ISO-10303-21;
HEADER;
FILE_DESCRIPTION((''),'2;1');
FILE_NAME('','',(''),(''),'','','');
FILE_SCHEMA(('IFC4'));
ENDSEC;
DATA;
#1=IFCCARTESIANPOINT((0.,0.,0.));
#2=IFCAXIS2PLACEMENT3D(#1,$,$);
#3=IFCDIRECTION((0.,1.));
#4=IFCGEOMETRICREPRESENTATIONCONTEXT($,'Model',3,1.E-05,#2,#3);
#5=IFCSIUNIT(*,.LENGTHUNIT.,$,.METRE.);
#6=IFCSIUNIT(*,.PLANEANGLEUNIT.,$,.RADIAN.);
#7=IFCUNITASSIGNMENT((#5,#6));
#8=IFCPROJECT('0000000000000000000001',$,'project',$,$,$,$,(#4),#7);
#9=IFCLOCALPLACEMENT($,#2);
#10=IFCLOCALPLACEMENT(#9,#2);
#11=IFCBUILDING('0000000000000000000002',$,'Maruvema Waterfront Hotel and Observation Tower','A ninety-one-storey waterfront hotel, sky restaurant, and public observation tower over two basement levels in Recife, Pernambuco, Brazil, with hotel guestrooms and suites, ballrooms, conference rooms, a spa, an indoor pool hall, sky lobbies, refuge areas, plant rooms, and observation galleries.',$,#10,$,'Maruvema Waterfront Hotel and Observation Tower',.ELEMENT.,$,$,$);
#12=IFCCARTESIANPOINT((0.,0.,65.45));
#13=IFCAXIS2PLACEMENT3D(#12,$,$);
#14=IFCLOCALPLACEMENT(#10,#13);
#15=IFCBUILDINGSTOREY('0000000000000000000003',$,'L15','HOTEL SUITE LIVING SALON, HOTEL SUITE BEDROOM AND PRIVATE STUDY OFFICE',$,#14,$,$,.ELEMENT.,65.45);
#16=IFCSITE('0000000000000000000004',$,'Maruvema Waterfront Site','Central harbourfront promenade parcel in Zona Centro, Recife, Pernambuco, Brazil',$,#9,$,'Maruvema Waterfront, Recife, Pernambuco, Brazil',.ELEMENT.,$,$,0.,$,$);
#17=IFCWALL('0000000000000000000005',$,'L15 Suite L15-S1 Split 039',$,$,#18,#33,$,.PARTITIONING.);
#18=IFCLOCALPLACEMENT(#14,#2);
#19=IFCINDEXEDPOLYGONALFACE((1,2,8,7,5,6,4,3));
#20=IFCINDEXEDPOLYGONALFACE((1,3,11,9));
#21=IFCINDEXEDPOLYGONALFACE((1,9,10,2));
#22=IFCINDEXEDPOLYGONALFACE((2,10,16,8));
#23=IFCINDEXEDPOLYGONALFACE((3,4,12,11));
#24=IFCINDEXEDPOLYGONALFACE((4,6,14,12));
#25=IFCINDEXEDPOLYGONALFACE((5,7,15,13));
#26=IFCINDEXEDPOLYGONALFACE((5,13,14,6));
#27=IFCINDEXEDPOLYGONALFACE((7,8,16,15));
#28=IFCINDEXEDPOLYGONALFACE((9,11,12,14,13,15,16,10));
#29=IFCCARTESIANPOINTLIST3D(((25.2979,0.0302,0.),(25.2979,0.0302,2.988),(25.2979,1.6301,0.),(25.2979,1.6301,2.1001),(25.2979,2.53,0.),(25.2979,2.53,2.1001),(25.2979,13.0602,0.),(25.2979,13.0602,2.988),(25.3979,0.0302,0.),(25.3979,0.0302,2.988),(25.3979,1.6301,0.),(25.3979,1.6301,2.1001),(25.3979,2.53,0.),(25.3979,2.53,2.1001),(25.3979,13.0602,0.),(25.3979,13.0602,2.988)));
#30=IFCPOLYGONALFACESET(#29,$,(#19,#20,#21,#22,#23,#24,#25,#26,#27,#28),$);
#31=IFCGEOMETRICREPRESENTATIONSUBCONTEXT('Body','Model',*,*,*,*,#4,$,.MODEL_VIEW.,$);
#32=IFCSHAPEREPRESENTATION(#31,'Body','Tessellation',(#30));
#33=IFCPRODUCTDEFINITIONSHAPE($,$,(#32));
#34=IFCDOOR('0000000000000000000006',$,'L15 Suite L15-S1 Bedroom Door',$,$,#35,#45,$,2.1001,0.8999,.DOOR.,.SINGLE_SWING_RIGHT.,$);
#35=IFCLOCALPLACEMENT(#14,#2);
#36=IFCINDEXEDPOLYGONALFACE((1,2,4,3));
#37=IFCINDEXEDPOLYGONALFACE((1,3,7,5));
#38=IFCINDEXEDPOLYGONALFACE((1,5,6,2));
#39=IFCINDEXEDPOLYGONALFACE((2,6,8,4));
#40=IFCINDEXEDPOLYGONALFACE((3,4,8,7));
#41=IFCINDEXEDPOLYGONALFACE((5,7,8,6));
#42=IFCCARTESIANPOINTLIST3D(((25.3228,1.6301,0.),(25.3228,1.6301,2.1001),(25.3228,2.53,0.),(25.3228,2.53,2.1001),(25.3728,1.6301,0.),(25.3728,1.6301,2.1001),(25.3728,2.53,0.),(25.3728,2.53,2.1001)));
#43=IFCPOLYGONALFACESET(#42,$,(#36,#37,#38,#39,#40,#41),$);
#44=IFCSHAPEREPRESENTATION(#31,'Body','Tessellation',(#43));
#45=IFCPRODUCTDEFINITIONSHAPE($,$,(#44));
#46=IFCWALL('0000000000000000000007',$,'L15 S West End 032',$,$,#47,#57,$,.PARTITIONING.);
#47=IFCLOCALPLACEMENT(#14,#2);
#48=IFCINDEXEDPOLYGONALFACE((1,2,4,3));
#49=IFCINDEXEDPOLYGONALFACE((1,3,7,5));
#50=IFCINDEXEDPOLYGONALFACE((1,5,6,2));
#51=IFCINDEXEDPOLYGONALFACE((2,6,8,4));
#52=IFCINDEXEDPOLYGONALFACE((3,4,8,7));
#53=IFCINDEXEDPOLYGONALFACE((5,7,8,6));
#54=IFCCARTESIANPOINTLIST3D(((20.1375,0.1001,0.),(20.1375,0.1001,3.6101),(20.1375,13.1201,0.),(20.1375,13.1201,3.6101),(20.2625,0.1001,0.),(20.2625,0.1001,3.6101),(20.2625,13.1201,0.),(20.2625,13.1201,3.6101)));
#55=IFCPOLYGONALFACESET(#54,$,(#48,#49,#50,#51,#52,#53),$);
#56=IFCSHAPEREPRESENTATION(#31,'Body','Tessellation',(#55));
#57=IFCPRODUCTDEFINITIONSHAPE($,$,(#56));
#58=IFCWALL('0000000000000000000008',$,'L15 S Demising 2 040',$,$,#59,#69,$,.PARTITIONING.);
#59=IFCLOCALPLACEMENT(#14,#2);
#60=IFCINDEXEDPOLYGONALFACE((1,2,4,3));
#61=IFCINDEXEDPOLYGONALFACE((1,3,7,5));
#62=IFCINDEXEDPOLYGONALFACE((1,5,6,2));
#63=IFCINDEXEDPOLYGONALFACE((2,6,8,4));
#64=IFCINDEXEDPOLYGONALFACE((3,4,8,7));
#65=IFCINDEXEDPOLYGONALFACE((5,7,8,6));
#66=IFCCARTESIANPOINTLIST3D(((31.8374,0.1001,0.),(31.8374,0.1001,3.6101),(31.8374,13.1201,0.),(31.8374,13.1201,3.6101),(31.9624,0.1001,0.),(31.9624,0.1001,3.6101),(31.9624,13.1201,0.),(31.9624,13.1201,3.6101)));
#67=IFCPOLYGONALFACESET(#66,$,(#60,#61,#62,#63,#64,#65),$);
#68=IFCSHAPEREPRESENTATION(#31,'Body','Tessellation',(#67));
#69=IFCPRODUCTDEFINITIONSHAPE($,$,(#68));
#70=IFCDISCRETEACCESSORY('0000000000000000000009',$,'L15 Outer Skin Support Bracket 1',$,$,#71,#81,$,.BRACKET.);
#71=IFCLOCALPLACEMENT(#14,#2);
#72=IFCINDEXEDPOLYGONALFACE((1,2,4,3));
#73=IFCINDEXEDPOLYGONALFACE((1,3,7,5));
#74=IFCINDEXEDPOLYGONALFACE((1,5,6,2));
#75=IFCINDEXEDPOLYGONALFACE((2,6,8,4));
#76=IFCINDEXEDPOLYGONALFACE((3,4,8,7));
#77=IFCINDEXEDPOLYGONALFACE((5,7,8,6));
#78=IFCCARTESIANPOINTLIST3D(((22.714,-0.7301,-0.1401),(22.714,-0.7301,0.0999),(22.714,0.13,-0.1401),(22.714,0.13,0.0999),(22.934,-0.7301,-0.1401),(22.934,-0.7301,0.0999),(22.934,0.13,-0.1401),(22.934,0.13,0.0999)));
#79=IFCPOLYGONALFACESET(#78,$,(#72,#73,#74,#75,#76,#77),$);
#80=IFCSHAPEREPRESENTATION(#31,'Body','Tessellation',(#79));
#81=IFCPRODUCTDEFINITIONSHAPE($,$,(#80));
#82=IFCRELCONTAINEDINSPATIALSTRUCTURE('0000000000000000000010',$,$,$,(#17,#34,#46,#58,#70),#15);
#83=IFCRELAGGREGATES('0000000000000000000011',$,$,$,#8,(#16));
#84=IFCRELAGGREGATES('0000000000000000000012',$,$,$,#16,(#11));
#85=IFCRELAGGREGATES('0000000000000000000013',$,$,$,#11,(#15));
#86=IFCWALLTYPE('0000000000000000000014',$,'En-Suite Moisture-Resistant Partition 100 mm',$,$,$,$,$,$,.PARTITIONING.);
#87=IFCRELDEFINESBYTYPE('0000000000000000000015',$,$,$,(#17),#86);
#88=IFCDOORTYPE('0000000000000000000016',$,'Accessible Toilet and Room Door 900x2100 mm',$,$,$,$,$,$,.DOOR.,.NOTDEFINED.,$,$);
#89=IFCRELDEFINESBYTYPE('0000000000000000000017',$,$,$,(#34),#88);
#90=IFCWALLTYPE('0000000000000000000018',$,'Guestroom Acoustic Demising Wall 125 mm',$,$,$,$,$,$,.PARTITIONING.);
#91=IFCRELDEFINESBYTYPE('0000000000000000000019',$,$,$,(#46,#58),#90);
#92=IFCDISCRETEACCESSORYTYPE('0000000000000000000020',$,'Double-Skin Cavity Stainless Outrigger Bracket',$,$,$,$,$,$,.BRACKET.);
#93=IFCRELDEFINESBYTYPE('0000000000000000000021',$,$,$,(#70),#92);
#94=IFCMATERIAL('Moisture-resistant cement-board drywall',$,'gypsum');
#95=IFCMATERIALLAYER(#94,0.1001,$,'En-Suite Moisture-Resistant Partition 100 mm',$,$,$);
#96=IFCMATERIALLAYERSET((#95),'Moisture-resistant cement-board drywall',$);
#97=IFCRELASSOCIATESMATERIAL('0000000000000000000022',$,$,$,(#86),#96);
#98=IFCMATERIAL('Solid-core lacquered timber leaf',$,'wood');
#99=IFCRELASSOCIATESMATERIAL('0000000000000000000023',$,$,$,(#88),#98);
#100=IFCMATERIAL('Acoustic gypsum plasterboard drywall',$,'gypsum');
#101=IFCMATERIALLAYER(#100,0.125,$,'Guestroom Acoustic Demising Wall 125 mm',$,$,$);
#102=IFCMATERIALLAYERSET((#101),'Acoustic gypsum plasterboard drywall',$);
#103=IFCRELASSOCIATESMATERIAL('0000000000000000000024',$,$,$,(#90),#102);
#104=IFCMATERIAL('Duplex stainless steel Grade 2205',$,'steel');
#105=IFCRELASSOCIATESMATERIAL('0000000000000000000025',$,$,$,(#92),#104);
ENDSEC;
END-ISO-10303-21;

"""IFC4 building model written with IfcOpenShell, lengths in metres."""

from ifc_helpers import new_model, si_unit, direction, frame, frame_2d, origin, origin_2d, place, context, subcontext, project, spatial, rectangle, extrude, material, layer, layer_set, type_object, element, fill, save


model = new_model("IFC4")

# Units and contexts
model_context = context("Model", 3, precision=1e-05, world=origin(), true_north=direction((0.0, 1.0)))
body_context = subcontext(model_context, "Body", "Model", "MODEL_VIEW")
ifc_project = project(units=[si_unit("LENGTHUNIT", "METRE"), si_unit("PLANEANGLEUNIT", "RADIAN")], contexts=[model_context])

# Site, building, storey
site_placement = place(None, origin())
site = spatial("IfcSite", under=ifc_project, at=site_placement, Name="Maruvema Waterfront Site", Description="Central harbourfront promenade parcel in Zona Centro, Recife, Pernambuco, Brazil", LongName="Maruvema Waterfront, Recife, Pernambuco, Brazil", CompositionType="ELEMENT", RefElevation=0.0)
building_placement = place(site_placement, origin())
building = spatial("IfcBuilding", under=site, at=building_placement, Name="Maruvema Waterfront Hotel and Observation Tower", Description="A ninety-one-storey waterfront hotel, sky restaurant, and public observation tower over two basement levels in Recife, Pernambuco, Brazil, with hotel guestrooms and suites, ballrooms, conference rooms, a spa, an indoor pool hall, sky lobbies, refuge areas, plant rooms, and observation galleries.", LongName="Maruvema Waterfront Hotel and Observation Tower", CompositionType="ELEMENT")
storey_placement = place(building_placement, frame((0.0, 0.0, 65.45)))
storey = spatial("IfcBuildingStorey", under=building, at=storey_placement, Name="L15", Description="HOTEL SUITE LIVING SALON, HOTEL SUITE BEDROOM AND PRIVATE STUDY OFFICE", CompositionType="ELEMENT", Elevation=65.45)

# Wall, opening, door
ifc_material_1 = material(Name="Moisture-resistant cement-board drywall", Category="gypsum")
ifc_layer_1 = layer(ifc_material_1, 0.1001, Name="En-Suite Moisture-Resistant Partition 100 mm")
ifc_layer_set_1 = layer_set([ifc_layer_1], Name="Moisture-resistant cement-board drywall")
wall_type_1 = type_object("IfcWallType", Name="En-Suite Moisture-Resistant Partition 100 mm", PredefinedType="PARTITIONING", material=ifc_layer_set_1)
wall_placement = place(storey_placement, frame((25.3479, 0.03, 0.0), z_axis=(0.0, 0.0, 1.0), x_axis=(0.0, 1.0, 0.0)))
wall = element("IfcWall", 1, at=wall_placement, inside=storey, type_object=wall_type_1, Name="L15 Suite L15-S1 Split 039", PredefinedType="PARTITIONING", context=body_context, shape_type="SweptSolid", body=[
    extrude(rectangle(XDim=13.03, YDim=0.1001, at=frame_2d((6.5151, 0.0))), origin(), (0.0, 0.0, 1.0), 2.988),
])
opening_placement = place(wall_placement, frame((1.6001, 0.0, 0.0)))
opening = element("IfcOpeningElement", 2, at=opening_placement, cuts=wall, PredefinedType="OPENING", context=body_context, shape_type="SweptSolid", body=[
    extrude(rectangle(XDim=0.8999, YDim=2.1001, at=frame_2d((0.45, 1.05))), frame((0.0, 0.0601, 0.0), z_axis=(0.0, -1.0, 0.0), x_axis=(1.0, 0.0, 0.0)), (0.0, 0.0, 1.0), 0.1201),
])
ifc_material_2 = material(Name="Solid-core lacquered timber leaf", Category="wood")
door_type = type_object("IfcDoorType", Name="Accessible Toilet and Room Door 900x2100 mm", OperationType="NOTDEFINED", PredefinedType="DOOR", material=ifc_material_2)
door_placement = place(opening_placement, frame((0.8999, 0.0, 0.0), z_axis=(0.0, 0.0, 1.0), x_axis=(-1.0, 0.0, 0.0)))
door = element("IfcDoor", 3, at=door_placement, inside=storey, type_object=door_type, Name="L15 Suite L15-S1 Bedroom Door", OperationType="SINGLE_SWING_RIGHT", OverallHeight=2.1001, OverallWidth=0.8999, PredefinedType="DOOR", context=body_context, shape_type="SweptSolid", body=[
    extrude(rectangle(XDim=0.8999, YDim=2.1001, at=frame_2d((0.45, 1.05))), frame((0.0, 0.0249, 0.0), z_axis=(0.0, -1.0, 0.0), x_axis=(1.0, 0.0, 0.0)), (0.0, 0.0, 1.0), 0.05),
])
fill(opening, door)

# Walls
ifc_material_3 = material(Name="Acoustic gypsum plasterboard drywall", Category="gypsum")
ifc_layer_2 = layer(ifc_material_3, 0.125, Name="Guestroom Acoustic Demising Wall 125 mm")
ifc_layer_set_2 = layer_set([ifc_layer_2], Name="Acoustic gypsum plasterboard drywall")
wall_type_2 = type_object("IfcWallType", Name="Guestroom Acoustic Demising Wall 125 mm", PredefinedType="PARTITIONING", material=ifc_layer_set_2)
for number, where, z_axis, x_axis, name in (
    (4, (20.2, 0.1001, 0.0), (0.0, 0.0, 1.0), (0.0, 1.0, 0.0), "L15 S West End 032"),
    (5, (31.8999, 0.1001, 0.0), (0.0, 0.0, 1.0), (0.0, 1.0, 0.0), "L15 S Demising 2 040"),
):
    element("IfcWall", number, at=place(storey_placement, frame(where, z_axis=z_axis, x_axis=x_axis)), inside=storey, type_object=wall_type_2, Name=name, PredefinedType="PARTITIONING", context=body_context, shape_type="SweptSolid", body=[
        extrude(rectangle(XDim=13.02, YDim=0.125, at=frame_2d((6.51, 0.0))), origin(), (0.0, 0.0, 1.0), 3.6101),
    ])

# Discrete accessory
ifc_material_4 = material(Name="Duplex stainless steel Grade 2205", Category="steel")
discrete_accessory_type = type_object("IfcDiscreteAccessoryType", Name="Double-Skin Cavity Stainless Outrigger Bracket", PredefinedType="BRACKET", material=ifc_material_4)
discrete_accessory_placement = place(storey_placement, frame((22.824, -0.3, -0.1401), z_axis=(0.0, 0.0, 1.0), x_axis=(1.0, 0.0, 0.0)))
element("IfcDiscreteAccessory", 6, at=discrete_accessory_placement, inside=storey, type_object=discrete_accessory_type, Name="L15 Outer Skin Support Bracket 1", PredefinedType="BRACKET", context=body_context, shape_type="SweptSolid", body=[
    extrude(rectangle(XDim=0.22, YDim=0.8601, at=origin_2d()), origin(), (0.0, 0.0, 1.0), 0.24),
])

save(model, "model.ifc")
